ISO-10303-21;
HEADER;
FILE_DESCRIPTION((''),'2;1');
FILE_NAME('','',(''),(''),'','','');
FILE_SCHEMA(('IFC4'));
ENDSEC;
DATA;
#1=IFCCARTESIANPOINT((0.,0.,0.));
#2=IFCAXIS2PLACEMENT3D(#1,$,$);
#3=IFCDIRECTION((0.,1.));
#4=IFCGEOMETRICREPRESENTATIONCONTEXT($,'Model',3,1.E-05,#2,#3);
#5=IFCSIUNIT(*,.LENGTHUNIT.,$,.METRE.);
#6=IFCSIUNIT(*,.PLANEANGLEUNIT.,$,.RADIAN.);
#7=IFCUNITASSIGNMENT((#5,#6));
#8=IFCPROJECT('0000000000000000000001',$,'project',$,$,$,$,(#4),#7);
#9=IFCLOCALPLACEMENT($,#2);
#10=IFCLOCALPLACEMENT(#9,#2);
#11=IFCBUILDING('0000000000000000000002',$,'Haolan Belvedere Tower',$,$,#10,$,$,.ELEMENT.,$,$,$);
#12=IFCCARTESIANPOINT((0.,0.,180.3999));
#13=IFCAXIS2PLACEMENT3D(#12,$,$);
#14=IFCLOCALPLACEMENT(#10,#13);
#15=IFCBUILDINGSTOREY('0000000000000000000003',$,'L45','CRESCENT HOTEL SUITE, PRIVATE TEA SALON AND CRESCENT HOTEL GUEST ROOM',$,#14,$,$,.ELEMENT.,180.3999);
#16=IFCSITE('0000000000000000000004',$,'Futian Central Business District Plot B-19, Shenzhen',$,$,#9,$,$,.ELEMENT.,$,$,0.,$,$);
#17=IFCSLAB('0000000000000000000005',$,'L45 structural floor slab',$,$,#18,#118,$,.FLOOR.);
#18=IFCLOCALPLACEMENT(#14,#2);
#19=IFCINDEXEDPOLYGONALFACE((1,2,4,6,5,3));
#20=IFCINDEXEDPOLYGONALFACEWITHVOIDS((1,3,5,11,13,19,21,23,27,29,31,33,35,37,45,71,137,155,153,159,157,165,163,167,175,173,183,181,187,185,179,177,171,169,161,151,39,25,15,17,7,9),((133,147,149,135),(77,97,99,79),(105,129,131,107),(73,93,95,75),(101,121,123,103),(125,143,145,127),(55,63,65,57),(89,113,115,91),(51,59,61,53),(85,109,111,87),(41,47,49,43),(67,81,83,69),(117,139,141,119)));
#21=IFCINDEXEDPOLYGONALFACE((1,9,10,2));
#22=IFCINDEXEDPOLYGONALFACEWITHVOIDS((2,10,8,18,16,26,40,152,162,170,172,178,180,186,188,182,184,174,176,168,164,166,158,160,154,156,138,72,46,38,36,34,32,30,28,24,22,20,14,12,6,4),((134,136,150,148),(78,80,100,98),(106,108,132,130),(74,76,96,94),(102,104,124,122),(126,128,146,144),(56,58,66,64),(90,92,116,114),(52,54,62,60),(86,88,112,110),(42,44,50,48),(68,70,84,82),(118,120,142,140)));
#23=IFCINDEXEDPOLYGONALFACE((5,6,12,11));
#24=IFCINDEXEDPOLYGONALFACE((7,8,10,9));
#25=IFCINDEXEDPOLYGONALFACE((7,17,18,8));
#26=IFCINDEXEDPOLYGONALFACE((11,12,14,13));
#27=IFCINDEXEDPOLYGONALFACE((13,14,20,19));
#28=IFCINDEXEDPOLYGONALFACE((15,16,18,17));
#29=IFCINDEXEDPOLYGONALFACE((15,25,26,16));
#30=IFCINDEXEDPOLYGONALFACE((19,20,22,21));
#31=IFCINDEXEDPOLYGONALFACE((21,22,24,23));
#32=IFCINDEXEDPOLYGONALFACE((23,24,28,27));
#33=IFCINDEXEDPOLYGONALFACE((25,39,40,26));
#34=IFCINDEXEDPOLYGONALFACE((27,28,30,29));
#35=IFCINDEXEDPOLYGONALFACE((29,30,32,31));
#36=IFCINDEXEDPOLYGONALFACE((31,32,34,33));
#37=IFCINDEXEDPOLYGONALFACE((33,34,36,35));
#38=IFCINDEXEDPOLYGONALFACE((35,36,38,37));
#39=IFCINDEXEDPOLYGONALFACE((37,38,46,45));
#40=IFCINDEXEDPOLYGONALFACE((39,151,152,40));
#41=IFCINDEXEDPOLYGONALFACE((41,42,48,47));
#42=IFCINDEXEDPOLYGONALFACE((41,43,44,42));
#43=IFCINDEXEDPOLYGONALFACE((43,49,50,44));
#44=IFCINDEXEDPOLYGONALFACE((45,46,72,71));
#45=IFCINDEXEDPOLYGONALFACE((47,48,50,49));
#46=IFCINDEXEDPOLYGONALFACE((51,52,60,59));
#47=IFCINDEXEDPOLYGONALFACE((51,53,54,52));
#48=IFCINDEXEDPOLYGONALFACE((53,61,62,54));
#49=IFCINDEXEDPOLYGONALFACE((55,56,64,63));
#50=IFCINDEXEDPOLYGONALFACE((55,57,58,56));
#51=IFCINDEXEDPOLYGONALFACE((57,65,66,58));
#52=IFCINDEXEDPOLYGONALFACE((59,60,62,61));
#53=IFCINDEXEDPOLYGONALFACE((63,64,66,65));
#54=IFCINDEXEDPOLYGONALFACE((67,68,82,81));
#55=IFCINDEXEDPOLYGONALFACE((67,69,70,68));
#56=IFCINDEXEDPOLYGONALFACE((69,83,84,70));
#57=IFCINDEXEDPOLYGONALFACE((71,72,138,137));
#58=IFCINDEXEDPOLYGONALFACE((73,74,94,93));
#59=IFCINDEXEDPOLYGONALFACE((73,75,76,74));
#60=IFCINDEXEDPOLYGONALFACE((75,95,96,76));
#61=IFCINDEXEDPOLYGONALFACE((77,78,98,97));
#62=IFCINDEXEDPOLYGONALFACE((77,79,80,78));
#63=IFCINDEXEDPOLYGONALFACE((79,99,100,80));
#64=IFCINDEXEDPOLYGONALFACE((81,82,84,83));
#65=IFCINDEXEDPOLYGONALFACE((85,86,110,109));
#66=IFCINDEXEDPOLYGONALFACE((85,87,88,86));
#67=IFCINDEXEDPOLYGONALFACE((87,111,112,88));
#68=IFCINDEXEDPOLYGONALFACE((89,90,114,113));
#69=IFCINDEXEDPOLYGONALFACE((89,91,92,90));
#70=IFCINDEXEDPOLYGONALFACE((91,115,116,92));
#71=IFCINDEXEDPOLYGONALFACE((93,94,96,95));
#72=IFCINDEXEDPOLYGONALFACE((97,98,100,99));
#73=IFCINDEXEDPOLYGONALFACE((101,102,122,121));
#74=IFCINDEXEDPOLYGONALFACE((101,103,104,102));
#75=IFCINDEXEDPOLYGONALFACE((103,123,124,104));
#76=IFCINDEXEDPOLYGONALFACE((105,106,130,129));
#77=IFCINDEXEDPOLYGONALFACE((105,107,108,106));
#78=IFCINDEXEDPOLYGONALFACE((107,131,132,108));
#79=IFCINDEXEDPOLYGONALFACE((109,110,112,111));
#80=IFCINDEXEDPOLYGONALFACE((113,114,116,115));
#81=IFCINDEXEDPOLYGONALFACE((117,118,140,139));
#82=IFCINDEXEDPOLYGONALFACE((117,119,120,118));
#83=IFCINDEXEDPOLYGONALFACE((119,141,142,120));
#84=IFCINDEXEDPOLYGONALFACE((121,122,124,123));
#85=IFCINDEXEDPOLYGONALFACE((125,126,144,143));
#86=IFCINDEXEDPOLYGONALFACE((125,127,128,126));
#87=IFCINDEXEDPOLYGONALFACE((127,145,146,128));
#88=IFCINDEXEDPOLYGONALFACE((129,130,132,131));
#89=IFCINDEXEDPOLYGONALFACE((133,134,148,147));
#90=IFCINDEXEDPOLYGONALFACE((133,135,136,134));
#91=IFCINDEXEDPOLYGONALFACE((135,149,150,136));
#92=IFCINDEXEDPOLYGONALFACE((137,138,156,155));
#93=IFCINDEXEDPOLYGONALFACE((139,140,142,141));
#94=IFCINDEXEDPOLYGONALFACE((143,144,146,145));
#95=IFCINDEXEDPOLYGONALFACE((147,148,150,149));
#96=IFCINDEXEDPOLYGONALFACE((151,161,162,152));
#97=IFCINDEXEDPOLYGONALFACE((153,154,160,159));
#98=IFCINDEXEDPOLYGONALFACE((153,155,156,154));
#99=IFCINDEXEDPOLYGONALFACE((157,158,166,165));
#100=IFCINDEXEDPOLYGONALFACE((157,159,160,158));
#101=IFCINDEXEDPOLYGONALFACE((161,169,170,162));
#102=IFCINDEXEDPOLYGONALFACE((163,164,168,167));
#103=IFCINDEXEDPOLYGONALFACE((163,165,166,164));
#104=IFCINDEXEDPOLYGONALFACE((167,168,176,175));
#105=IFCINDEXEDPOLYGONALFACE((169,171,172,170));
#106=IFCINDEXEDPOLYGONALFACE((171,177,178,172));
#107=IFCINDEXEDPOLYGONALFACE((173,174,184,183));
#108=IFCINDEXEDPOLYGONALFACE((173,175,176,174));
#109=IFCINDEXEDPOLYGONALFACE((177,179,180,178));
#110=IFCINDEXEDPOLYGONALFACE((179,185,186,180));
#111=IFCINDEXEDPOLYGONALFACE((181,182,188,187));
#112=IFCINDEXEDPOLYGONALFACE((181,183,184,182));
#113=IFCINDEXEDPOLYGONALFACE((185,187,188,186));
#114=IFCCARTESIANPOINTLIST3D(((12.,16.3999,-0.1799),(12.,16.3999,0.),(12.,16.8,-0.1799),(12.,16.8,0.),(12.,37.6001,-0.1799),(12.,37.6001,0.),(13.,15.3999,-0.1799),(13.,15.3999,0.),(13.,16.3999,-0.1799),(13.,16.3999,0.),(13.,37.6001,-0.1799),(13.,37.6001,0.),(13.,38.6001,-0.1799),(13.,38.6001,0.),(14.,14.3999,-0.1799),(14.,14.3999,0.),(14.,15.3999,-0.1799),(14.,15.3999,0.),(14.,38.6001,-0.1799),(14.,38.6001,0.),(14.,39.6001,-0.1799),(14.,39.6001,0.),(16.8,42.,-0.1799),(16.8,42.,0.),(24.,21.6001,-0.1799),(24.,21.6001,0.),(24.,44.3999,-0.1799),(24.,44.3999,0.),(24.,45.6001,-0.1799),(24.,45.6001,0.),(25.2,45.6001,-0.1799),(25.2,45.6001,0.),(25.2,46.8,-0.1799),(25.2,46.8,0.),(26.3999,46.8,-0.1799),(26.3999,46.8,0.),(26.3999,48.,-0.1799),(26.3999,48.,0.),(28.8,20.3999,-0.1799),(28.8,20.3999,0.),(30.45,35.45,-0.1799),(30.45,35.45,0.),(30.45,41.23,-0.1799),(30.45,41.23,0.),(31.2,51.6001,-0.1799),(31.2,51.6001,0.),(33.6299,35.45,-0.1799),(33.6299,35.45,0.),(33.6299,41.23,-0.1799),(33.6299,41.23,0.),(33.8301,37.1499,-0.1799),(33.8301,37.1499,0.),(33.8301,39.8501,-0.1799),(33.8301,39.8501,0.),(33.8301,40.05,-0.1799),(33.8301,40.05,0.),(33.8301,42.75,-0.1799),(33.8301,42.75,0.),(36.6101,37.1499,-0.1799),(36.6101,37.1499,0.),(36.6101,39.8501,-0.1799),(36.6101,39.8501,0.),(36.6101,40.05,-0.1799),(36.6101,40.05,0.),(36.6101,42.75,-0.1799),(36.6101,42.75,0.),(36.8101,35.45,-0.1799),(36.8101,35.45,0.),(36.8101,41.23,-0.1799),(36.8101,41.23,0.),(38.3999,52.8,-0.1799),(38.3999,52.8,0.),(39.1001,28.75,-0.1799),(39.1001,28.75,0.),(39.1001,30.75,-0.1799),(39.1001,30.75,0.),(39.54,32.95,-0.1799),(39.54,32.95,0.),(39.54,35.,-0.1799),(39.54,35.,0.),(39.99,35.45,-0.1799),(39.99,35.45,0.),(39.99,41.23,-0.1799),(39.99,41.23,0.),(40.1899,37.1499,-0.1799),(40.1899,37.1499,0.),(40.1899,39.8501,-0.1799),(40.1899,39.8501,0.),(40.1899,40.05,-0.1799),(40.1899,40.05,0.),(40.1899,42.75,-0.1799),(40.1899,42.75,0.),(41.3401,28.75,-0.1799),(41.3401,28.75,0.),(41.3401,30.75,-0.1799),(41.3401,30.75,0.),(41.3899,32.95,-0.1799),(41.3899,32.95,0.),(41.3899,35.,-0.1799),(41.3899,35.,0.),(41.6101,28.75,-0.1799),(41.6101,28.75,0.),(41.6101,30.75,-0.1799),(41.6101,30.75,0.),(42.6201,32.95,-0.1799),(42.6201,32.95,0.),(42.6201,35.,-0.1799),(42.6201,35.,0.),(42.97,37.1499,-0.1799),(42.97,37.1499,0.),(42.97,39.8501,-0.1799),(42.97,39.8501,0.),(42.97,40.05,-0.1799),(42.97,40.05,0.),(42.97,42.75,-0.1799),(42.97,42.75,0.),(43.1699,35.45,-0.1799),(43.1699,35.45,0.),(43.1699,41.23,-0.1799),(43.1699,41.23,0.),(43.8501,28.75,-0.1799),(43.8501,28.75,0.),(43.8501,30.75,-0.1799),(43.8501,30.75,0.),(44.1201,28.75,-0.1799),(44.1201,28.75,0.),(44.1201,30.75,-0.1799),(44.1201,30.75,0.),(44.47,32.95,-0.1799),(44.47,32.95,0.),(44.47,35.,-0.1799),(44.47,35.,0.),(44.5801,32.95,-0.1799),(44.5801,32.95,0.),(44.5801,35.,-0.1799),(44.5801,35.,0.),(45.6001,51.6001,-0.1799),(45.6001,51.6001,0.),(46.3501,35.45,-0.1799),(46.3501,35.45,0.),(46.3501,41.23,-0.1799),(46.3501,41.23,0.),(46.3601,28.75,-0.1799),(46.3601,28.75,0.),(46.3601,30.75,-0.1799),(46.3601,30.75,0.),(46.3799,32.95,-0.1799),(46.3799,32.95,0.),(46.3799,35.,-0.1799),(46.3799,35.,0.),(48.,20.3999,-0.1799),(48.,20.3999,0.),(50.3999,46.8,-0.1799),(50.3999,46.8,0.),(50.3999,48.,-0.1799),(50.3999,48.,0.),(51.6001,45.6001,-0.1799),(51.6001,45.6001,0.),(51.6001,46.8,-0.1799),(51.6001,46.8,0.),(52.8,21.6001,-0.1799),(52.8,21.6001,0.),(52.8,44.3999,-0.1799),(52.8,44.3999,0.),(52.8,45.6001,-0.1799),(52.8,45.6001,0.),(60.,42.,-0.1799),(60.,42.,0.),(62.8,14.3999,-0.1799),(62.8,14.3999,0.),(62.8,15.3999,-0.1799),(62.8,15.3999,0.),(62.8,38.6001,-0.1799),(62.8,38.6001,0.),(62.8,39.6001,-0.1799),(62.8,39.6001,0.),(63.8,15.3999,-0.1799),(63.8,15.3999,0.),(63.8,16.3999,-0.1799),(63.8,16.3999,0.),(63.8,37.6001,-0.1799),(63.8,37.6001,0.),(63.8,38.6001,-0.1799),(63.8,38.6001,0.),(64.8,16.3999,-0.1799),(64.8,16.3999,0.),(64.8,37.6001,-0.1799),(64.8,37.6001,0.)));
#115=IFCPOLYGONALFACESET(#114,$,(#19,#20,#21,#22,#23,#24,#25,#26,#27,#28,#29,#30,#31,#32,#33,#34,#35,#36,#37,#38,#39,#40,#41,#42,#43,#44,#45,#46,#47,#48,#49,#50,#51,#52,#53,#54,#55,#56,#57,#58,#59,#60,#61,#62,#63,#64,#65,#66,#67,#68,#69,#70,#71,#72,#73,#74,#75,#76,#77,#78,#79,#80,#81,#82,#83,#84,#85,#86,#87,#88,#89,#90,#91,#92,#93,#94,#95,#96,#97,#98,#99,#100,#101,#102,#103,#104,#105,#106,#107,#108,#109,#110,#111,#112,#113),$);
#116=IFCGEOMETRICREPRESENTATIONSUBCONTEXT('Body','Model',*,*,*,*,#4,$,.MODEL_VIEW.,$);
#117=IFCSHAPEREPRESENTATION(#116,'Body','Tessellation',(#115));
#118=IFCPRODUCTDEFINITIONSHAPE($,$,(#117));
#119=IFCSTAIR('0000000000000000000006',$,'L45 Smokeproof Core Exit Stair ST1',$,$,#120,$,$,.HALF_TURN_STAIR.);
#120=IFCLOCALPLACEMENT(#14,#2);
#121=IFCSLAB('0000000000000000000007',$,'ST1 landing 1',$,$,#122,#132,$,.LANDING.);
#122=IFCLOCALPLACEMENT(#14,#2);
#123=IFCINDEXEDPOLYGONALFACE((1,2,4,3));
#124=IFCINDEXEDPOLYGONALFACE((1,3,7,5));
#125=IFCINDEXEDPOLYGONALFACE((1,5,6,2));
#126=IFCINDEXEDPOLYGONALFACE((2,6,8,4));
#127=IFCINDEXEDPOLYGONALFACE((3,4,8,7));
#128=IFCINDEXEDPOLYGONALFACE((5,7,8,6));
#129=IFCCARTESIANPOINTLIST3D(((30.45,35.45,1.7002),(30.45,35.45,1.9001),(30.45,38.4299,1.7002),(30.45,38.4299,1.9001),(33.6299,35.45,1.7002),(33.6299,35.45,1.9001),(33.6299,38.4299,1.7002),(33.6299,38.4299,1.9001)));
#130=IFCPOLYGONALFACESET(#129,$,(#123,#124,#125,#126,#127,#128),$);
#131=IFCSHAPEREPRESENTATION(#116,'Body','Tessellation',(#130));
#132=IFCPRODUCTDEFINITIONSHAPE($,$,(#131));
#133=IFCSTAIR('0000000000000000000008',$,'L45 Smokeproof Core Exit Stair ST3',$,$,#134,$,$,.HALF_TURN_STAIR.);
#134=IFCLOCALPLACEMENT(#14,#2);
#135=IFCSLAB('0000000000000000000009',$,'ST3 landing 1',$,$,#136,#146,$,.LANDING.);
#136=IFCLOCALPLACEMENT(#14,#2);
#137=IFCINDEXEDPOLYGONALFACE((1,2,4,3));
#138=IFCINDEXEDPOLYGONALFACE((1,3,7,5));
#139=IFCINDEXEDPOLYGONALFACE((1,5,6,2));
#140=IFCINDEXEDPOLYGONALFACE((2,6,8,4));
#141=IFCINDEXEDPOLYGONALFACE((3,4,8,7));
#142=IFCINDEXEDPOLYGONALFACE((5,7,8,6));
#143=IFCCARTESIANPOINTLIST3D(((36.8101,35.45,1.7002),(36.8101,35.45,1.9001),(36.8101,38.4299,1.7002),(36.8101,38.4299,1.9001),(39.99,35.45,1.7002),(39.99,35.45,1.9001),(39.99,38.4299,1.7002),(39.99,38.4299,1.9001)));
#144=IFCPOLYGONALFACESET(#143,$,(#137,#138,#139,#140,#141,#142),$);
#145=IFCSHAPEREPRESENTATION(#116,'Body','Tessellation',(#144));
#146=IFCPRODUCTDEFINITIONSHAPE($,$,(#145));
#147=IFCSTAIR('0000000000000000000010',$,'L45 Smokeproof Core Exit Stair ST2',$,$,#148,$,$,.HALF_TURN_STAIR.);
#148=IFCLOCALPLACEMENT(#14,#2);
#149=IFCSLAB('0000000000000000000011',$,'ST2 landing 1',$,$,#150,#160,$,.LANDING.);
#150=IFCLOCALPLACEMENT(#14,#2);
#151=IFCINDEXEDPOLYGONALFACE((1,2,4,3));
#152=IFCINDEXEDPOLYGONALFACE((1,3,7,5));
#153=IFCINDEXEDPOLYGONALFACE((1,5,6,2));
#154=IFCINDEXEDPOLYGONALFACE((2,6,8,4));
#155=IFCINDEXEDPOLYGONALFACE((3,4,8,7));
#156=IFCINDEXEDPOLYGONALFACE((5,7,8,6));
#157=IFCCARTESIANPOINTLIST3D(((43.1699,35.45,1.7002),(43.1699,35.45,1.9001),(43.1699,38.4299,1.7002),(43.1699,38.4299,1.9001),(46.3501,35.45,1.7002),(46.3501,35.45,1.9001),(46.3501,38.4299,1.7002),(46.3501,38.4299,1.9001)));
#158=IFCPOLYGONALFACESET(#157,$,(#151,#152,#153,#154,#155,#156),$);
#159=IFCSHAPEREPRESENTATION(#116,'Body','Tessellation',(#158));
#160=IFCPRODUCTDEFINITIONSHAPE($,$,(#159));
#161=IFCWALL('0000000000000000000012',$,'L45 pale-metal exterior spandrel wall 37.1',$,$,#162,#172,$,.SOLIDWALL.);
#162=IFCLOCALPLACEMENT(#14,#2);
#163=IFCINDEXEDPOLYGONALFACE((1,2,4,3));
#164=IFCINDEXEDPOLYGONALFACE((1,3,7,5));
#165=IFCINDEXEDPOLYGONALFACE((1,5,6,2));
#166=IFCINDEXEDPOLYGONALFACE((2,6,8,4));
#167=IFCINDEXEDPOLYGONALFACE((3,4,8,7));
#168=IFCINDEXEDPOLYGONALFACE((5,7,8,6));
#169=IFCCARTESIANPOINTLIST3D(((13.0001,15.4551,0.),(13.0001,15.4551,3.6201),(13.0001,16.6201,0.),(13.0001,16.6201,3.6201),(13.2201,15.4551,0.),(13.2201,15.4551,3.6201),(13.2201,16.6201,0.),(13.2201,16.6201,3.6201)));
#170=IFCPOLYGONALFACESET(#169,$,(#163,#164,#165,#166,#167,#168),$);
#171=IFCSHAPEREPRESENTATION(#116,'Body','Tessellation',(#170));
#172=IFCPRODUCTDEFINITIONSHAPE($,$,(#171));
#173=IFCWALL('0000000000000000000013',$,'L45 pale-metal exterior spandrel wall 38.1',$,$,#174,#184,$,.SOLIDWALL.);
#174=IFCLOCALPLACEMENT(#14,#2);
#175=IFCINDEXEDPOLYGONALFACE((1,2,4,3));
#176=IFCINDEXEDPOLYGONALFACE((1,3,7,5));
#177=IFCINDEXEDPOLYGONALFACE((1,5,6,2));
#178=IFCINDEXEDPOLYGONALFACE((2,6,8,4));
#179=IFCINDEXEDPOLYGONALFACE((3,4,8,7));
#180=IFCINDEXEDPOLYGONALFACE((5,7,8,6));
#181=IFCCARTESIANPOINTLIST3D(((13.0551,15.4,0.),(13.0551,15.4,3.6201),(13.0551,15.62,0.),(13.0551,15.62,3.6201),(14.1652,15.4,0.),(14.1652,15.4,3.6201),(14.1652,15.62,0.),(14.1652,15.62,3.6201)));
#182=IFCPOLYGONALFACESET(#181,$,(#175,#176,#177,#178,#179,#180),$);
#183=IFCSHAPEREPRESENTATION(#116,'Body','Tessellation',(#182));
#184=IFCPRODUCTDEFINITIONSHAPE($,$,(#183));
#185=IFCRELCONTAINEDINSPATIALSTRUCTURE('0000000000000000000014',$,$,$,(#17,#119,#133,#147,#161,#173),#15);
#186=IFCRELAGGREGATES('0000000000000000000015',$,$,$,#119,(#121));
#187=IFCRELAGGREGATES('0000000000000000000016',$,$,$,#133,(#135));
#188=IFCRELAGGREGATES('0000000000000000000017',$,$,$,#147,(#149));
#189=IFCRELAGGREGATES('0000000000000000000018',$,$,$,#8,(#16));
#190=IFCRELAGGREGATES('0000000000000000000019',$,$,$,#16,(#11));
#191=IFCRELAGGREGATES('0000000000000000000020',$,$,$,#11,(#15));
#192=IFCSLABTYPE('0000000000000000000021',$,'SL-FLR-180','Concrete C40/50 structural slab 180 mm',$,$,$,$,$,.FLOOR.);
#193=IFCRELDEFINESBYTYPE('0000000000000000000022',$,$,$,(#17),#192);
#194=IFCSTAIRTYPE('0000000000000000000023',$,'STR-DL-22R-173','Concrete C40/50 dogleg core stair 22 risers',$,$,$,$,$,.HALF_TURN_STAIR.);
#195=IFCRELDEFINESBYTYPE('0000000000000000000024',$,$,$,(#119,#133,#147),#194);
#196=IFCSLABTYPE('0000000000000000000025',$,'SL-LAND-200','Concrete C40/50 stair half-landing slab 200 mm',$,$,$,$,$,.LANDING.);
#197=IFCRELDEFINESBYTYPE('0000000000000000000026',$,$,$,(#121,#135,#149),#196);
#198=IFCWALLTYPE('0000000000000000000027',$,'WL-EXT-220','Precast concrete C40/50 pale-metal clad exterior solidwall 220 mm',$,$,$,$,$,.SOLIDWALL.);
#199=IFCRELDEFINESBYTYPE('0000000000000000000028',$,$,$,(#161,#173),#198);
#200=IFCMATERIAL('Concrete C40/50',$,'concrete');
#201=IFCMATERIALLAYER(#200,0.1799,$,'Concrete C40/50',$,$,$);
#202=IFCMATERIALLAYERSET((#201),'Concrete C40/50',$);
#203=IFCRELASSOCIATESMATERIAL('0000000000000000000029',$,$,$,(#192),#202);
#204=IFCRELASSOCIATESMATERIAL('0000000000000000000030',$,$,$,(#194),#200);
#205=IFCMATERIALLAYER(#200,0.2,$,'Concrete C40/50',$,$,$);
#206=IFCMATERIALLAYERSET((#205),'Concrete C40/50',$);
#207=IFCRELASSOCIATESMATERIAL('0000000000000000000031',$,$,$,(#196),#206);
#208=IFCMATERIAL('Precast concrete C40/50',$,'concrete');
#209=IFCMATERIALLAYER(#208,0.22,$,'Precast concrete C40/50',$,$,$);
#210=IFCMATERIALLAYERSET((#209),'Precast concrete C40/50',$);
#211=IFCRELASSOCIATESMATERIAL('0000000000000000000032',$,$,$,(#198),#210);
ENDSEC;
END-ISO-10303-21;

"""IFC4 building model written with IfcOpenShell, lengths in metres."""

from ifc_helpers import new_model, si_unit, direction, frame, frame_2d, origin, place, context, subcontext, project, spatial, polyline, rectangle, outline, extrude, material, layer, layer_set, type_object, element, aggregate, save


model = new_model("IFC4")

# Units and contexts
model_context = context("Model", 3, precision=1e-05, world=origin(), true_north=direction((0.0, 1.0)))
body_context = subcontext(model_context, "Body", "Model", "MODEL_VIEW")
ifc_project = project(units=[si_unit("LENGTHUNIT", "METRE"), si_unit("PLANEANGLEUNIT", "RADIAN")], contexts=[model_context])

# Site, building, storey
site_placement = place(None, origin())
site = spatial("IfcSite", under=ifc_project, at=site_placement, Name="Futian Central Business District Plot B-19, Shenzhen", CompositionType="ELEMENT", RefElevation=0.0)
building_placement = place(site_placement, origin())
building = spatial("IfcBuilding", under=site, at=building_placement, Name="Haolan Belvedere Tower", CompositionType="ELEMENT")
storey_placement = place(building_placement, frame((0.0, 0.0, 180.3999)))
storey = spatial("IfcBuildingStorey", under=building, at=storey_placement, Name="L45", Description="CRESCENT HOTEL SUITE, PRIVATE TEA SALON AND CRESCENT HOTEL GUEST ROOM", CompositionType="ELEMENT", Elevation=180.3999)

# Slab
ifc_material_1 = material(Name="Concrete C40/50", Category="concrete")
ifc_layer_1 = layer(ifc_material_1, 0.1799, Name="Concrete C40/50")
ifc_layer_set_1 = layer_set([ifc_layer_1], Name="Concrete C40/50")
slab_type_1 = type_object("IfcSlabType", Name="SL-FLR-180", Description="Concrete C40/50 structural slab 180 mm", PredefinedType="FLOOR", material=ifc_layer_set_1)
slab_1_placement = place(storey_placement, frame((0.0, 0.0, -0.1799)))
element("IfcSlab", 1, at=slab_1_placement, inside=storey, type_object=slab_type_1, Name="L45 structural floor slab", PredefinedType="FLOOR", context=body_context, shape_type="SweptSolid", body=[
    extrude(outline(polyline([(24.0, 21.6001), (28.8, 20.3999), (48.0, 20.3999), (52.8, 21.6001), (62.8, 14.3999), (62.8, 15.3999), (63.8, 15.3999), (63.8, 16.3999), (64.8, 16.3999), (64.8, 37.6001), (63.8, 37.6001), (63.8, 38.6001), (62.8, 38.6001), (62.8, 39.6001), (60.0, 42.0), (52.8, 44.3999), (52.8, 45.6001), (51.6001, 45.6001), (51.6001, 46.8), (50.3999, 46.8), (50.3999, 48.0), (45.6001, 51.6001), (38.3999, 52.8), (31.2, 51.6001), (26.3999, 48.0), (26.3999, 46.8), (25.2, 46.8), (25.2, 45.6001), (24.0, 45.6001), (24.0, 44.3999), (16.8, 42.0), (14.0, 39.6001), (14.0, 38.6001), (13.0, 38.6001), (13.0, 37.6001), (12.0, 37.6001), (12.0, 16.8), (12.0, 16.3999), (13.0, 16.3999), (13.0, 15.3999), (14.0, 15.3999), (14.0, 14.3999), (24.0, 21.6001)]), holes=[polyline([(30.45, 41.23), (30.45, 35.45), (33.6299, 35.45), (33.6299, 41.23), (30.45, 41.23)]), polyline([(36.8101, 41.23), (36.8101, 35.45), (39.99, 35.45), (39.99, 41.23), (36.8101, 41.23)]), polyline([(43.1699, 41.23), (43.1699, 35.45), (46.3501, 35.45), (46.3501, 41.23), (43.1699, 41.23)]), polyline([(33.8301, 40.05), (36.6101, 40.05), (36.6101, 42.75), (33.8301, 42.75), (33.8301, 40.05)]), polyline([(33.8301, 37.1499), (36.6101, 37.1499), (36.6101, 39.8501), (33.8301, 39.8501), (33.8301, 37.1499)]), polyline([(40.1899, 40.05), (42.97, 40.05), (42.97, 42.75), (40.1899, 42.75), (40.1899, 40.05)]), polyline([(40.1899, 37.1499), (42.97, 37.1499), (42.97, 39.8501), (40.1899, 39.8501), (40.1899, 37.1499)]), polyline([(39.54, 32.95), (41.3899, 32.95), (41.3899, 35.0), (39.54, 35.0), (39.54, 32.95)]), polyline([(42.6201, 32.95), (44.47, 32.95), (44.47, 35.0), (42.6201, 35.0), (42.6201, 32.95)]), polyline([(44.5801, 32.95), (46.3799, 32.95), (46.3799, 35.0), (44.5801, 35.0), (44.5801, 32.95)]), polyline([(39.1001, 28.75), (41.3401, 28.75), (41.3401, 30.75), (39.1001, 30.75), (39.1001, 28.75)]), polyline([(41.6101, 28.75), (43.8501, 28.75), (43.8501, 30.75), (41.6101, 30.75), (41.6101, 28.75)]), polyline([(44.1201, 28.75), (46.3601, 28.75), (46.3601, 30.75), (44.1201, 30.75), (44.1201, 28.75)])]), origin(), (0.0, 0.0, 1.0), 0.1799),
])

# Stairs, slabs
stair_type = type_object("IfcStairType", Name="STR-DL-22R-173", Description="Concrete C40/50 dogleg core stair 22 risers", PredefinedType="HALF_TURN_STAIR", material=ifc_material_1)
stair_1_placement = place(storey_placement, origin())
stair_1 = element("IfcStair", 2, at=stair_1_placement, inside=storey, type_object=stair_type, Name="L45 Smokeproof Core Exit Stair ST1", PredefinedType="HALF_TURN_STAIR")
ifc_layer_2 = layer(ifc_material_1, 0.2, Name="Concrete C40/50")
ifc_layer_set_2 = layer_set([ifc_layer_2], Name="Concrete C40/50")
slab_type_2 = type_object("IfcSlabType", Name="SL-LAND-200", Description="Concrete C40/50 stair half-landing slab 200 mm", PredefinedType="LANDING", material=ifc_layer_set_2)
slab_2_placement = place(storey_placement, frame((0.0, 0.0, 1.7002)))
slab_2 = element("IfcSlab", 3, at=slab_2_placement, type_object=slab_type_2, Name="ST1 landing 1", PredefinedType="LANDING", context=body_context, shape_type="SweptSolid", body=[
    extrude(outline(polyline([(30.45, 38.4299), (30.45, 35.45), (33.6299, 35.45), (33.6299, 38.4299), (30.45, 38.4299)])), origin(), (0.0, 0.0, 1.0), 0.2),
])
aggregate(stair_1, [slab_2])
stair_2_placement = place(storey_placement, origin())
stair_2 = element("IfcStair", 4, at=stair_2_placement, inside=storey, type_object=stair_type, Name="L45 Smokeproof Core Exit Stair ST3", PredefinedType="HALF_TURN_STAIR")
slab_3_placement = place(storey_placement, frame((0.0, 0.0, 1.7002)))
slab_3 = element("IfcSlab", 5, at=slab_3_placement, type_object=slab_type_2, Name="ST3 landing 1", PredefinedType="LANDING", context=body_context, shape_type="SweptSolid", body=[
    extrude(outline(polyline([(36.8101, 38.4299), (36.8101, 35.45), (39.99, 35.45), (39.99, 38.4299), (36.8101, 38.4299)])), origin(), (0.0, 0.0, 1.0), 0.2),
])
aggregate(stair_2, [slab_3])
stair_3_placement = place(storey_placement, origin())
stair_3 = element("IfcStair", 6, at=stair_3_placement, inside=storey, type_object=stair_type, Name="L45 Smokeproof Core Exit Stair ST2", PredefinedType="HALF_TURN_STAIR")
slab_4_placement = place(storey_placement, frame((0.0, 0.0, 1.7002)))
slab_4 = element("IfcSlab", 7, at=slab_4_placement, type_object=slab_type_2, Name="ST2 landing 1", PredefinedType="LANDING", context=body_context, shape_type="SweptSolid", body=[
    extrude(outline(polyline([(43.1699, 38.4299), (43.1699, 35.45), (46.3501, 35.45), (46.3501, 38.4299), (43.1699, 38.4299)])), origin(), (0.0, 0.0, 1.0), 0.2),
])
aggregate(stair_3, [slab_4])

# Walls
ifc_material_2 = material(Name="Precast concrete C40/50", Category="concrete")
ifc_layer_3 = layer(ifc_material_2, 0.22, Name="Precast concrete C40/50")
ifc_layer_set_3 = layer_set([ifc_layer_3], Name="Precast concrete C40/50")
wall_type_1 = type_object("IfcWallType", Name="WL-EXT-220", Description="Precast concrete C40/50 pale-metal clad exterior solidwall 220 mm", PredefinedType="SOLIDWALL", material=ifc_layer_set_3)
wall_1_placement = place(storey_placement, frame((13.1101, 16.6201, 0.0), z_axis=(0.0, 0.0, 1.0), x_axis=(0.0, -1.0, 0.0)))
element("IfcWall", 8, at=wall_1_placement, inside=storey, type_object=wall_type_1, Name="L45 pale-metal exterior spandrel wall 37.1", PredefinedType="SOLIDWALL", context=body_context, shape_type="SweptSolid", body=[
    extrude(rectangle(XDim=1.165, YDim=0.22, at=frame_2d((0.5825, 0.0))), origin(), (0.0, 0.0, 1.0), 3.6201),
])
wall_2_placement = place(storey_placement, frame((13.0549, 15.51, 0.0), z_axis=(0.0, 0.0, 1.0), x_axis=(1.0, 0.0, 0.0)))
element("IfcWall", 9, at=wall_2_placement, inside=storey, type_object=wall_type_1, Name="L45 pale-metal exterior spandrel wall 38.1", PredefinedType="SOLIDWALL", context=body_context, shape_type="SweptSolid", body=[
    extrude(rectangle(XDim=1.1101, YDim=0.22, at=frame_2d((0.5552, 0.0))), origin(), (0.0, 0.0, 1.0), 3.6201),
])

save(model, "model.ifc")
